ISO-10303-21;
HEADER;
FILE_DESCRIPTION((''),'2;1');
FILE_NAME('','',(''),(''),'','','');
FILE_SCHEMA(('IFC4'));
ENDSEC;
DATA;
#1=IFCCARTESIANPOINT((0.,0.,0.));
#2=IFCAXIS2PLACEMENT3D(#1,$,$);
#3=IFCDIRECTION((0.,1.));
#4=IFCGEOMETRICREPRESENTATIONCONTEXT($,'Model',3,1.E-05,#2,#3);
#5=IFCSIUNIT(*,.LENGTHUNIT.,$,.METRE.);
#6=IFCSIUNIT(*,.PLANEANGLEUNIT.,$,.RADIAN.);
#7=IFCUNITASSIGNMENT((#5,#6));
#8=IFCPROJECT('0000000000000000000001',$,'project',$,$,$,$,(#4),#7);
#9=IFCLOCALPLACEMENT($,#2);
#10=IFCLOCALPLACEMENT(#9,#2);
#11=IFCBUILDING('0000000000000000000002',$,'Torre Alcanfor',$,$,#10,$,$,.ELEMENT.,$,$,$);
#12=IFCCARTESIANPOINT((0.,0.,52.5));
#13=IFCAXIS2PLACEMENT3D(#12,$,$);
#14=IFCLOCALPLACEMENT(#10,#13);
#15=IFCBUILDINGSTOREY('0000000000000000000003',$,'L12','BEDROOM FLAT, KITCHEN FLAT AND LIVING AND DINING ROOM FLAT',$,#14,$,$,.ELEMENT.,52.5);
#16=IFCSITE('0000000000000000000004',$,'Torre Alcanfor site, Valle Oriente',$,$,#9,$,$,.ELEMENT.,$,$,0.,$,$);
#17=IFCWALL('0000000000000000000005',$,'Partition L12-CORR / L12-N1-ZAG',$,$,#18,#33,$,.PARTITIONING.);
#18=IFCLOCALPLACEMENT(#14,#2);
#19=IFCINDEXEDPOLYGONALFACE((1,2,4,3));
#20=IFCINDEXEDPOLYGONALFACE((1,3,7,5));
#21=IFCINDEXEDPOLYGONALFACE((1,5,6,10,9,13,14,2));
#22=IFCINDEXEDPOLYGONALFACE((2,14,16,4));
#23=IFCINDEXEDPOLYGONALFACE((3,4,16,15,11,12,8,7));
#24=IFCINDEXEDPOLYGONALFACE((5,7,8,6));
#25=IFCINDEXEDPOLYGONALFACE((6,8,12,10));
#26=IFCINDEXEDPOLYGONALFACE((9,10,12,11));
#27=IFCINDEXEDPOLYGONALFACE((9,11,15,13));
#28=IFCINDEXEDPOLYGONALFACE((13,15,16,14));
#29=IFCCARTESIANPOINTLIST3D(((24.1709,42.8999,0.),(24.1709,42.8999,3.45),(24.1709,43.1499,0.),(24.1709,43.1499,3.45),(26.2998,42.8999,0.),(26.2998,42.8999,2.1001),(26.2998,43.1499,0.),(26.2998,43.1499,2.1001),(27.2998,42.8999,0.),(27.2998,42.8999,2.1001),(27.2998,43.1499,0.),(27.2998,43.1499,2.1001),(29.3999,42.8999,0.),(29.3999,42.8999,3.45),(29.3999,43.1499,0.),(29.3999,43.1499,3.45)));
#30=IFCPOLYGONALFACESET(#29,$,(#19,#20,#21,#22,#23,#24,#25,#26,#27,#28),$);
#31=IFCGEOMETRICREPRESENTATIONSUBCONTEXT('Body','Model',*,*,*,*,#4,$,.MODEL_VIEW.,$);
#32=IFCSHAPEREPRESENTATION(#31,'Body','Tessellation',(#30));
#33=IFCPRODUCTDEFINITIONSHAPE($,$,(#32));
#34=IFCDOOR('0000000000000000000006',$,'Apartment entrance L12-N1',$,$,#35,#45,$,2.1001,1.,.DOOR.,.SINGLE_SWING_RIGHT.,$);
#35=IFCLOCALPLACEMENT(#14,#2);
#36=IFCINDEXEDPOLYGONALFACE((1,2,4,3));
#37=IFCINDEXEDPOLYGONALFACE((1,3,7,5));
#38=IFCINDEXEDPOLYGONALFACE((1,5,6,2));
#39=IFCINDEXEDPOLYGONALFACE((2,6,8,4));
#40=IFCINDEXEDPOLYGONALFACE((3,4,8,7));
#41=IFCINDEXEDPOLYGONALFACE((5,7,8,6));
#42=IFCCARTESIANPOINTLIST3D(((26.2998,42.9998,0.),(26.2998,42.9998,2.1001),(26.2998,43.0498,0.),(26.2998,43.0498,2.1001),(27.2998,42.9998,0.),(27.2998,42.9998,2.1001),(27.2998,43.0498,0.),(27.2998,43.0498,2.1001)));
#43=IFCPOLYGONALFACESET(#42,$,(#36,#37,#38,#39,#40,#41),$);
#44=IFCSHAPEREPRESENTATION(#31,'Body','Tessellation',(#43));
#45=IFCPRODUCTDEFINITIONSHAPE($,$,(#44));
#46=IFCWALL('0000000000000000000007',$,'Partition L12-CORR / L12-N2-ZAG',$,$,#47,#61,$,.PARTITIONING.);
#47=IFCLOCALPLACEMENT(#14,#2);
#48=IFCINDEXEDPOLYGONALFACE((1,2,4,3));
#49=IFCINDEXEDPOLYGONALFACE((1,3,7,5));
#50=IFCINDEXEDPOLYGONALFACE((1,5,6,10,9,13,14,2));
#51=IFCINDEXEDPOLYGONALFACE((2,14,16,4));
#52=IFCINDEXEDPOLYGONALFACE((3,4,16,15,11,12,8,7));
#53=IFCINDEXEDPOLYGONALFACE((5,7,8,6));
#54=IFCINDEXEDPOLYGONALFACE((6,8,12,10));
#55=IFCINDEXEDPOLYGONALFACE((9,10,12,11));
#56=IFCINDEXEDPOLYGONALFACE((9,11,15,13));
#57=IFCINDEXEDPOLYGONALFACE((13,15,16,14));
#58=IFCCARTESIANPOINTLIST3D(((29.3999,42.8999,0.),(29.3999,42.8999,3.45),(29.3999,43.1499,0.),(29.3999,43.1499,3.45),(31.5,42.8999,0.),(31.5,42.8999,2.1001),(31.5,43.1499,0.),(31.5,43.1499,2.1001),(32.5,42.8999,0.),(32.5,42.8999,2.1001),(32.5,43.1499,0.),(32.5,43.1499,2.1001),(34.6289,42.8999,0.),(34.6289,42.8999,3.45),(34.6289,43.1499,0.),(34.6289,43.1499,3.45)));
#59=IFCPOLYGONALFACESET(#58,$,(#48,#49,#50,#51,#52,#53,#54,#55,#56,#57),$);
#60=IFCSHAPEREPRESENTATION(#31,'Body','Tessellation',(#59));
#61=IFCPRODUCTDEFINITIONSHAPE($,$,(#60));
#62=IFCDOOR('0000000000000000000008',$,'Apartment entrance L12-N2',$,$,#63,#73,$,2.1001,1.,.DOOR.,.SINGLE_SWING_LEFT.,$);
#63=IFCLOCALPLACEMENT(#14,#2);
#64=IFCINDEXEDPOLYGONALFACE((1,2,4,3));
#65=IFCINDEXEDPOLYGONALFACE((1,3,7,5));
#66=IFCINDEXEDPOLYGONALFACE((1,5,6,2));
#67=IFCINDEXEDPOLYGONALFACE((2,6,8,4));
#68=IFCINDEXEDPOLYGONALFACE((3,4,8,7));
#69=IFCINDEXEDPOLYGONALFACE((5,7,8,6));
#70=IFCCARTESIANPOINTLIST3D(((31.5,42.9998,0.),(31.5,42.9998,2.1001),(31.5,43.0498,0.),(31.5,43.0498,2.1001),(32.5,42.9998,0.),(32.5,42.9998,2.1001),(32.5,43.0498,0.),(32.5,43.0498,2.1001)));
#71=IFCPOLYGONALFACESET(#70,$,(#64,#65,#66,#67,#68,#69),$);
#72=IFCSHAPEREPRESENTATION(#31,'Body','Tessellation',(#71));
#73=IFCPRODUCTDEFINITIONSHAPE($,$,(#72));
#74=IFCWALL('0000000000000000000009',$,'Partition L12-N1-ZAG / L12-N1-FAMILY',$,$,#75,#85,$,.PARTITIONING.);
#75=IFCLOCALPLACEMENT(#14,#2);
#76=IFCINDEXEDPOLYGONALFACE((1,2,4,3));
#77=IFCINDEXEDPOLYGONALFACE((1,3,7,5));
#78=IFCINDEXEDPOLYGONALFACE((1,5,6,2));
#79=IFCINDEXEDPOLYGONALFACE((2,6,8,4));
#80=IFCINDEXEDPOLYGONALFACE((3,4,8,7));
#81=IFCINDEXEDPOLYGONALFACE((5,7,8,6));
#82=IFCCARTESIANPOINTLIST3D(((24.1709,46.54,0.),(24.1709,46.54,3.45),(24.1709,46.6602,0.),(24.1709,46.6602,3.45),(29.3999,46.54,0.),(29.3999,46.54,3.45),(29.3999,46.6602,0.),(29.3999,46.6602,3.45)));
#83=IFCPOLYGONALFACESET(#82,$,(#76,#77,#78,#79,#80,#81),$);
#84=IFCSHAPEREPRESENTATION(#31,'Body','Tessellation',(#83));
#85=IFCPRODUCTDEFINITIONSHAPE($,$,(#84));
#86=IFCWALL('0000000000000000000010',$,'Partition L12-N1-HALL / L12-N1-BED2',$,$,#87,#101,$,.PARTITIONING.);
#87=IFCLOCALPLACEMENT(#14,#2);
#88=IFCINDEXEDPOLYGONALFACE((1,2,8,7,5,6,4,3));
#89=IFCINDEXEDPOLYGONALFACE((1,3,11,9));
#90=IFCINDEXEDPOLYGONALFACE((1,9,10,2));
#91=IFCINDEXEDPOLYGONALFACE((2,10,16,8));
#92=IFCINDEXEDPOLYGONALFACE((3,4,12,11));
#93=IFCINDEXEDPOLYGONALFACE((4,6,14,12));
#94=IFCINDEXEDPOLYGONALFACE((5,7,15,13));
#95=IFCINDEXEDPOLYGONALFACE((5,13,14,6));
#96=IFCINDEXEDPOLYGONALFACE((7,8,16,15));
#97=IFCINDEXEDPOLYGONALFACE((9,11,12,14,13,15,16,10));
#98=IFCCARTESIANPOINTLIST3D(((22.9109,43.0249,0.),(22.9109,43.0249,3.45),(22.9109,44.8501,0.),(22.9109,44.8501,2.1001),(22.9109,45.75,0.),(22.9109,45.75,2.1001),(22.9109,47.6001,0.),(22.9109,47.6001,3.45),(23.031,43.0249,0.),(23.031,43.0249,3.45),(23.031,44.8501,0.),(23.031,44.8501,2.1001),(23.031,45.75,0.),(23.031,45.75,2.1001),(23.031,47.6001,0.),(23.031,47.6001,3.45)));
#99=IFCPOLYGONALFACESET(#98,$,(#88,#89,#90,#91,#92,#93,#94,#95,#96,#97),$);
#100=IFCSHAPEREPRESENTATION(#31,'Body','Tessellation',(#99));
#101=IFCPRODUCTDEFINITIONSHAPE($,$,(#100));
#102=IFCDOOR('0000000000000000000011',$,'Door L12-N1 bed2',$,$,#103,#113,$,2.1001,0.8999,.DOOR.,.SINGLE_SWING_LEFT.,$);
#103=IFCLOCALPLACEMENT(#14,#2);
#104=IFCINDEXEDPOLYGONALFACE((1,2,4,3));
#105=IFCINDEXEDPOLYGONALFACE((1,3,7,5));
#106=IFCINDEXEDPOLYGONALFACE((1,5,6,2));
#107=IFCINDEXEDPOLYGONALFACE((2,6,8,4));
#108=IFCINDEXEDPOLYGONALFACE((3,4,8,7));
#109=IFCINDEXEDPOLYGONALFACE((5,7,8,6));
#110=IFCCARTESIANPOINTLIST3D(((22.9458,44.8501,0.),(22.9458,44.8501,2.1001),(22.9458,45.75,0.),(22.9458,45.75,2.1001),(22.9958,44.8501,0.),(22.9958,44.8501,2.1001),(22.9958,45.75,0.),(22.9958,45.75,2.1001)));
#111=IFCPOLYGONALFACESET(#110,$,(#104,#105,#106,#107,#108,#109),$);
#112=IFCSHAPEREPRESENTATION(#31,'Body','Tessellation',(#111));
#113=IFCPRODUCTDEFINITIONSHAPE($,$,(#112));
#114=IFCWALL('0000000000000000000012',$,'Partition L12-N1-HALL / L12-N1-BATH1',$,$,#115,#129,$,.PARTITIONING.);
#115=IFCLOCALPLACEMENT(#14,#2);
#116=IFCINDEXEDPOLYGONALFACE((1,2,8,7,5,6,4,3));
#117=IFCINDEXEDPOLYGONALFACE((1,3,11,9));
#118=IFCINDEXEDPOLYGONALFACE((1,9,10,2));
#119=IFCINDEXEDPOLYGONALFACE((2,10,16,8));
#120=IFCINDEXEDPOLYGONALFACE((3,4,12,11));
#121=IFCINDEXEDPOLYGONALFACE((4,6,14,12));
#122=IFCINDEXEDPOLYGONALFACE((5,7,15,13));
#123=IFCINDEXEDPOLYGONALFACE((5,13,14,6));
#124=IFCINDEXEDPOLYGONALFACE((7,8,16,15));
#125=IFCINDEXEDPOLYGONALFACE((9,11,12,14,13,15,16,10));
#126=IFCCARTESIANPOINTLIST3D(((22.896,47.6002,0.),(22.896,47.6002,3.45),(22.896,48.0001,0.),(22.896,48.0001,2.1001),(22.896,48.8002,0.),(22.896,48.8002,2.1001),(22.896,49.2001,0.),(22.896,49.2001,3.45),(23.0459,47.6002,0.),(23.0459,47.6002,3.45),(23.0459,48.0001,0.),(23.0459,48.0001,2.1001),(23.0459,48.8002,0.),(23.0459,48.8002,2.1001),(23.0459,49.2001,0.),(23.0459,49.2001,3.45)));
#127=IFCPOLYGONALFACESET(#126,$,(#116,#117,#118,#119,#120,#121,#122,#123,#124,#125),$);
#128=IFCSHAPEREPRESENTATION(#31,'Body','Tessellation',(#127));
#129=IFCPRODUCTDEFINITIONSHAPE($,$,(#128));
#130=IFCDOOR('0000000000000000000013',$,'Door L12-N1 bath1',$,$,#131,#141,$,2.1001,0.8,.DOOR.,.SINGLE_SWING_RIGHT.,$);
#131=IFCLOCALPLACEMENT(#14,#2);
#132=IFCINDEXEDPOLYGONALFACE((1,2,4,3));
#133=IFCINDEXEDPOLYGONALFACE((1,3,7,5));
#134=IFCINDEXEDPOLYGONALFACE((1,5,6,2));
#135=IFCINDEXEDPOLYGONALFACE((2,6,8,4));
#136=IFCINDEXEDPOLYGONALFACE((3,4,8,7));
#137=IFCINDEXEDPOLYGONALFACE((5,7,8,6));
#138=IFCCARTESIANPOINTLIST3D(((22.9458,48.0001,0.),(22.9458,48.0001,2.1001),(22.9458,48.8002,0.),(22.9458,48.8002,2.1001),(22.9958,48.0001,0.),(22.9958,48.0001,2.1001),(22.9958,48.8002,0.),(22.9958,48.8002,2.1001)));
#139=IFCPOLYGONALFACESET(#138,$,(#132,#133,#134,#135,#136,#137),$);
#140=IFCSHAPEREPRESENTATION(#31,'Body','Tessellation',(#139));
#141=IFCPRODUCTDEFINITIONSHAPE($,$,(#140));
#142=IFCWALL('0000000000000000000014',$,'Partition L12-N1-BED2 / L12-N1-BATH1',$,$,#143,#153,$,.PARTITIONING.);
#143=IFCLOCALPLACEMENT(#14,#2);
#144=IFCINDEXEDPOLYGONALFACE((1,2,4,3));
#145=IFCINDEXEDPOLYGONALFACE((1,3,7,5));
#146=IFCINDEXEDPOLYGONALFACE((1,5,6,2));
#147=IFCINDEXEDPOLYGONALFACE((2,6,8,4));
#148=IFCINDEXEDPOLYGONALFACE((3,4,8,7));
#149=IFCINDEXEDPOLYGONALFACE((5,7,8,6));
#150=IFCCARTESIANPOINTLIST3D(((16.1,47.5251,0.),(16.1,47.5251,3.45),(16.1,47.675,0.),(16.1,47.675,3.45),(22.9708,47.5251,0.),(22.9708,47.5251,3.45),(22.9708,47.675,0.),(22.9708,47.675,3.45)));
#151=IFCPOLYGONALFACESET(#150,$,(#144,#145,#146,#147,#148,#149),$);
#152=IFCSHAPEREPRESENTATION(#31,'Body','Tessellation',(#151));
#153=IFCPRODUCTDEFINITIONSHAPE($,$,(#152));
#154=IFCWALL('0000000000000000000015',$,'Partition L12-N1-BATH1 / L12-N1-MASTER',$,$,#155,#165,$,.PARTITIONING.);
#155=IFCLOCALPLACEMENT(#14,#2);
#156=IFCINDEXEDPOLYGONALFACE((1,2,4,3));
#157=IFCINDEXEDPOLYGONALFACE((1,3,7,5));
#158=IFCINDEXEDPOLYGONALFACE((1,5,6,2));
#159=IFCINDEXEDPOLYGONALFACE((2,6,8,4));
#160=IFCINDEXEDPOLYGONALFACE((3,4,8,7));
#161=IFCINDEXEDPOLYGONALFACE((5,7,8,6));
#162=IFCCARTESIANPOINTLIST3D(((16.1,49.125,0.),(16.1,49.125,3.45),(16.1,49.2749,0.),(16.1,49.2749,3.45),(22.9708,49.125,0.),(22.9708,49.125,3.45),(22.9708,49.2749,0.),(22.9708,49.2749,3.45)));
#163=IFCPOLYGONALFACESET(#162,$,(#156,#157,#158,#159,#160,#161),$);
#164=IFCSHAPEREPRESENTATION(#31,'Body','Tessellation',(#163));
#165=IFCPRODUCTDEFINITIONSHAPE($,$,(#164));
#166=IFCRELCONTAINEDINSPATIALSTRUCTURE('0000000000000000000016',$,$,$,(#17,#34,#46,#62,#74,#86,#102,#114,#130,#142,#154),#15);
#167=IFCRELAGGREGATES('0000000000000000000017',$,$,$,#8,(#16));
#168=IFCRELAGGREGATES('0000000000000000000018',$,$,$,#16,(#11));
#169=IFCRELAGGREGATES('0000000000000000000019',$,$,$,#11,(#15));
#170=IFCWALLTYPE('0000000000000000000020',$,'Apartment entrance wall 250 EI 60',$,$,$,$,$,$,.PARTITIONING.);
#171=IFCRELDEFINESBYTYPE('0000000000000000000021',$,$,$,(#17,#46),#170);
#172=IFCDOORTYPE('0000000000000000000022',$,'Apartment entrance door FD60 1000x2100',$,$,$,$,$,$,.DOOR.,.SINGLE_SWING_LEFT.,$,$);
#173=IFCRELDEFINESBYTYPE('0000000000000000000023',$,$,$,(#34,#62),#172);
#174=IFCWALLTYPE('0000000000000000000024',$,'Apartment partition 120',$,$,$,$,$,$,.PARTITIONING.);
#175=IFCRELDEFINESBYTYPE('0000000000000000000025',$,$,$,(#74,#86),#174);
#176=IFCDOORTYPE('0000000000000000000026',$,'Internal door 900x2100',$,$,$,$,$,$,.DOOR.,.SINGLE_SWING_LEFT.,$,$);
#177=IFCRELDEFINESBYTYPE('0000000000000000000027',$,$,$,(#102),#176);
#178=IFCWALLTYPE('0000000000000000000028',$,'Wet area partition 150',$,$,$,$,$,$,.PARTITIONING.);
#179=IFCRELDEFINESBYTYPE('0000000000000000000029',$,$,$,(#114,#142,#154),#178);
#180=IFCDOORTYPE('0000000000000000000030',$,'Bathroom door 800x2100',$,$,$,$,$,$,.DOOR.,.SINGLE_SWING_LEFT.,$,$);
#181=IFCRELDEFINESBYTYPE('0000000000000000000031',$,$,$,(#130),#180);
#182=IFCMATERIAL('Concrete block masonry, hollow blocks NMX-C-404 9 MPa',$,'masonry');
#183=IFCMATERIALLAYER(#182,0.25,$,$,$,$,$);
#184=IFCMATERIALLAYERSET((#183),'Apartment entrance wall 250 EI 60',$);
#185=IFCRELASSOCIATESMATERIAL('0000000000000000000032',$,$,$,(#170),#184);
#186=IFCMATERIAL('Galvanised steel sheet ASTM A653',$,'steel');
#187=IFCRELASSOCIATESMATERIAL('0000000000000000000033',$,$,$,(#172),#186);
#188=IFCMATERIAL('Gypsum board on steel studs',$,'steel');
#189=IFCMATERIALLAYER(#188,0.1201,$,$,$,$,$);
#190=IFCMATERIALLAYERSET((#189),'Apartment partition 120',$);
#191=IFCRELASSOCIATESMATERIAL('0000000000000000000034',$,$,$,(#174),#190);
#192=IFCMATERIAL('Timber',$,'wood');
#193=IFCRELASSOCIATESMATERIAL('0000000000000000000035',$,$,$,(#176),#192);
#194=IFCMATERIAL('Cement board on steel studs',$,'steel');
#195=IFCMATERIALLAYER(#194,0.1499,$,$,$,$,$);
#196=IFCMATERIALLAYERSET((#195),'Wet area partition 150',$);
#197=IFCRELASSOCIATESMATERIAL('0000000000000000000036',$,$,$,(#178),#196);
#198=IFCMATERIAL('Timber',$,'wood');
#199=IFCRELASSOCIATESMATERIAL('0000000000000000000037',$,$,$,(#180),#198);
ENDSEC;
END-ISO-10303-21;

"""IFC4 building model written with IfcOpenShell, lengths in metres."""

from ifc_helpers import new_model, si_unit, direction, frame, frame_2d, origin, place, context, subcontext, project, spatial, rectangle, extrude, material, layer, layer_set, type_object, element, fill, save


model = new_model("IFC4")

# Units and contexts
model_context = context("Model", 3, precision=1e-05, world=origin(), true_north=direction((0.0, 1.0)))
body_context = subcontext(model_context, "Body", "Model", "MODEL_VIEW")
ifc_project = project(units=[si_unit("LENGTHUNIT", "METRE"), si_unit("PLANEANGLEUNIT", "RADIAN")], contexts=[model_context])

# Site, building, storey
site_placement = place(None, origin())
site = spatial("IfcSite", under=ifc_project, at=site_placement, Name="Torre Alcanfor site, Valle Oriente", CompositionType="ELEMENT", RefElevation=0.0)
building_placement = place(site_placement, origin())
building = spatial("IfcBuilding", under=site, at=building_placement, Name="Torre Alcanfor", CompositionType="ELEMENT")
storey_placement = place(building_placement, frame((0.0, 0.0, 52.5)))
storey = spatial("IfcBuildingStorey", under=building, at=storey_placement, Name="L12", Description="BEDROOM FLAT, KITCHEN FLAT AND LIVING AND DINING ROOM FLAT", CompositionType="ELEMENT", Elevation=52.5)

# Walls, openings, doors
ifc_material_1 = material(Name="Concrete block masonry, hollow blocks NMX-C-404 9 MPa", Category="masonry")
ifc_layer_1 = layer(ifc_material_1, 0.25)
ifc_layer_set_1 = layer_set([ifc_layer_1], Name="Apartment entrance wall 250 EI 60")
wall_type_1 = type_object("IfcWallType", Name="Apartment entrance wall 250 EI 60", PredefinedType="PARTITIONING", material=ifc_layer_set_1)
wall_1_placement = place(storey_placement, frame((24.1709, 43.0249, 0.0), z_axis=(0.0, 0.0, 1.0), x_axis=(1.0, 0.0, 0.0)))
wall_1 = element("IfcWall", 1, at=wall_1_placement, inside=storey, type_object=wall_type_1, Name="Partition L12-CORR / L12-N1-ZAG", PredefinedType="PARTITIONING", context=body_context, shape_type="SweptSolid", body=[
    extrude(rectangle(XDim=5.229, YDim=0.25, at=frame_2d((2.6145, 0.0))), origin(), (0.0, 0.0, 1.0), 3.45),
])
opening_1_placement = place(wall_1_placement, frame((2.1289, 0.0, 0.0)))
opening_1 = element("IfcOpeningElement", 2, at=opening_1_placement, cuts=wall_1, PredefinedType="OPENING", context=body_context, shape_type="SweptSolid", body=[
    extrude(rectangle(XDim=1.0, YDim=2.1001, at=frame_2d((0.5, 1.05))), frame((0.0, 0.135, 0.0), z_axis=(0.0, -1.0, 0.0), x_axis=(1.0, 0.0, 0.0)), (0.0, 0.0, 1.0), 0.27),
])
ifc_material_2 = material(Name="Galvanised steel sheet ASTM A653", Category="steel")
door_type_1 = type_object("IfcDoorType", Name="Apartment entrance door FD60 1000x2100", OperationType="SINGLE_SWING_LEFT", PredefinedType="DOOR", material=ifc_material_2)
door_1_placement = place(opening_1_placement, origin())
door_1 = element("IfcDoor", 3, at=door_1_placement, inside=storey, type_object=door_type_1, Name="Apartment entrance L12-N1", OperationType="SINGLE_SWING_RIGHT", OverallHeight=2.1001, OverallWidth=1.0, PredefinedType="DOOR", context=body_context, shape_type="SweptSolid", body=[
    extrude(rectangle(XDim=1.0, YDim=2.1001, at=frame_2d((0.5, 1.05))), frame((0.0, 0.0249, 0.0), z_axis=(0.0, -1.0, 0.0), x_axis=(1.0, 0.0, 0.0)), (0.0, 0.0, 1.0), 0.05),
])
fill(opening_1, door_1)
wall_2_placement = place(storey_placement, frame((29.3999, 43.0249, 0.0), z_axis=(0.0, 0.0, 1.0), x_axis=(1.0, 0.0, 0.0)))
wall_2 = element("IfcWall", 4, at=wall_2_placement, inside=storey, type_object=wall_type_1, Name="Partition L12-CORR / L12-N2-ZAG", PredefinedType="PARTITIONING", context=body_context, shape_type="SweptSolid", body=[
    extrude(rectangle(XDim=5.229, YDim=0.25, at=frame_2d((2.6145, 0.0))), origin(), (0.0, 0.0, 1.0), 3.45),
])
opening_2_placement = place(wall_2_placement, frame((2.1001, 0.0, 0.0)))
opening_2 = element("IfcOpeningElement", 5, at=opening_2_placement, cuts=wall_2, PredefinedType="OPENING", context=body_context, shape_type="SweptSolid", body=[
    extrude(rectangle(XDim=1.0, YDim=2.1001, at=frame_2d((0.5, 1.05))), frame((0.0, 0.135, 0.0), z_axis=(0.0, -1.0, 0.0), x_axis=(1.0, 0.0, 0.0)), (0.0, 0.0, 1.0), 0.27),
])
door_2_placement = place(opening_2_placement, origin())
door_2 = element("IfcDoor", 6, at=door_2_placement, inside=storey, type_object=door_type_1, Name="Apartment entrance L12-N2", OperationType="SINGLE_SWING_LEFT", OverallHeight=2.1001, OverallWidth=1.0, PredefinedType="DOOR", context=body_context, shape_type="SweptSolid", body=[
    extrude(rectangle(XDim=1.0, YDim=2.1001, at=frame_2d((0.5, 1.05))), frame((0.0, 0.0249, 0.0), z_axis=(0.0, -1.0, 0.0), x_axis=(1.0, 0.0, 0.0)), (0.0, 0.0, 1.0), 0.05),
])
fill(opening_2, door_2)

# Wall
ifc_material_3 = material(Name="Gypsum board on steel studs", Category="steel")
ifc_layer_2 = layer(ifc_material_3, 0.1201)
ifc_layer_set_2 = layer_set([ifc_layer_2], Name="Apartment partition 120")
wall_type_2 = type_object("IfcWallType", Name="Apartment partition 120", PredefinedType="PARTITIONING", material=ifc_layer_set_2)
wall_3_placement = place(storey_placement, frame((29.3999, 46.6001, 0.0), z_axis=(0.0, 0.0, 1.0), x_axis=(-1.0, 0.0, 0.0)))
element("IfcWall", 7, at=wall_3_placement, inside=storey, type_object=wall_type_2, Name="Partition L12-N1-ZAG / L12-N1-FAMILY", PredefinedType="PARTITIONING", context=body_context, shape_type="SweptSolid", body=[
    extrude(rectangle(XDim=5.229, YDim=0.1201, at=frame_2d((2.6145, 0.0))), origin(), (0.0, 0.0, 1.0), 3.45),
])

# Walls, openings, doors
wall_4_placement = place(storey_placement, frame((22.9709, 47.6001, 0.0), z_axis=(0.0, 0.0, 1.0), x_axis=(0.0, -1.0, 0.0)))
wall_4 = element("IfcWall", 8, at=wall_4_placement, inside=storey, type_object=wall_type_2, Name="Partition L12-N1-HALL / L12-N1-BED2", PredefinedType="PARTITIONING", context=body_context, shape_type="SweptSolid", body=[
    extrude(rectangle(XDim=4.5752, YDim=0.1201, at=frame_2d((2.2876, 0.0))), origin(), (0.0, 0.0, 1.0), 3.45),
])
opening_3_placement = place(wall_4_placement, frame((1.8501, 0.0, 0.0)))
opening_3 = element("IfcOpeningElement", 9, at=opening_3_placement, cuts=wall_4, PredefinedType="OPENING", context=body_context, shape_type="SweptSolid", body=[
    extrude(rectangle(XDim=0.8999, YDim=2.1001, at=frame_2d((0.45, 1.05))), frame((0.0, 0.0701, 0.0), z_axis=(0.0, -1.0, 0.0), x_axis=(1.0, 0.0, 0.0)), (0.0, 0.0, 1.0), 0.1401),
])
ifc_material_4 = material(Name="Timber", Category="wood")
door_type_2 = type_object("IfcDoorType", Name="Internal door 900x2100", OperationType="SINGLE_SWING_LEFT", PredefinedType="DOOR", material=ifc_material_4)
door_3_placement = place(opening_3_placement, frame((0.8999, 0.0, 0.0), z_axis=(0.0, 0.0, 1.0), x_axis=(-1.0, 0.0, 0.0)))
door_3 = element("IfcDoor", 10, at=door_3_placement, inside=storey, type_object=door_type_2, Name="Door L12-N1 bed2", OperationType="SINGLE_SWING_LEFT", OverallHeight=2.1001, OverallWidth=0.8999, PredefinedType="DOOR", context=body_context, shape_type="SweptSolid", body=[
    extrude(rectangle(XDim=0.8999, YDim=2.1001, at=frame_2d((0.45, 1.05))), frame((0.0, 0.0251, 0.0), z_axis=(0.0, -1.0, 0.0), x_axis=(1.0, 0.0, 0.0)), (0.0, 0.0, 1.0), 0.05),
])
fill(opening_3, door_3)
ifc_material_5 = material(Name="Cement board on steel studs", Category="steel")
ifc_layer_3 = layer(ifc_material_5, 0.1499)
ifc_layer_set_3 = layer_set([ifc_layer_3], Name="Wet area partition 150")
wall_type_3 = type_object("IfcWallType", Name="Wet area partition 150", PredefinedType="PARTITIONING", material=ifc_layer_set_3)
wall_5_placement = place(storey_placement, frame((22.9709, 49.2, 0.0), z_axis=(0.0, 0.0, 1.0), x_axis=(0.0, -1.0, 0.0)))
wall_5 = element("IfcWall", 11, at=wall_5_placement, inside=storey, type_object=wall_type_3, Name="Partition L12-N1-HALL / L12-N1-BATH1", PredefinedType="PARTITIONING", context=body_context, shape_type="SweptSolid", body=[
    extrude(rectangle(XDim=1.5999, YDim=0.1499, at=frame_2d((0.7998, 0.0))), origin(), (0.0, 0.0, 1.0), 3.45),
])
opening_4_placement = place(wall_5_placement, frame((0.3999, 0.0, 0.0)))
opening_4 = element("IfcOpeningElement", 12, at=opening_4_placement, cuts=wall_5, PredefinedType="OPENING", context=body_context, shape_type="SweptSolid", body=[
    extrude(rectangle(XDim=0.8, YDim=2.1001, at=frame_2d((0.3999, 1.05))), frame((0.0, 0.085, 0.0), z_axis=(0.0, -1.0, 0.0), x_axis=(1.0, 0.0, 0.0)), (0.0, 0.0, 1.0), 0.1699),
])
ifc_material_6 = material(Name="Timber", Category="wood")
door_type_3 = type_object("IfcDoorType", Name="Bathroom door 800x2100", OperationType="SINGLE_SWING_LEFT", PredefinedType="DOOR", material=ifc_material_6)
door_4_placement = place(opening_4_placement, frame((0.8, 0.0, 0.0), z_axis=(0.0, 0.0, 1.0), x_axis=(-1.0, 0.0, 0.0)))
door_4 = element("IfcDoor", 13, at=door_4_placement, inside=storey, type_object=door_type_3, Name="Door L12-N1 bath1", OperationType="SINGLE_SWING_RIGHT", OverallHeight=2.1001, OverallWidth=0.8, PredefinedType="DOOR", context=body_context, shape_type="SweptSolid", body=[
    extrude(rectangle(XDim=0.8, YDim=2.1001, at=frame_2d((0.4001, 1.05))), frame((0.0, 0.0251, 0.0), z_axis=(0.0, -1.0, 0.0), x_axis=(1.0, 0.0, 0.0)), (0.0, 0.0, 1.0), 0.05),
])
fill(opening_4, door_4)

# Walls
for number, where, z_axis, x_axis, name in (
    (14, (22.9709, 47.6001, 0.0), (0.0, 0.0, 1.0), (-1.0, 0.0, 0.0), "Partition L12-N1-BED2 / L12-N1-BATH1"),
    (15, (22.9709, 49.2, 0.0), (0.0, 0.0, 1.0), (-1.0, 0.0, 0.0), "Partition L12-N1-BATH1 / L12-N1-MASTER"),
):
    element("IfcWall", number, at=place(storey_placement, frame(where, z_axis=z_axis, x_axis=x_axis)), inside=storey, type_object=wall_type_3, Name=name, PredefinedType="PARTITIONING", context=body_context, shape_type="SweptSolid", body=[
        extrude(rectangle(XDim=6.8708, YDim=0.1499, at=frame_2d((3.4355, 0.0))), origin(), (0.0, 0.0, 1.0), 3.45),
    ])

save(model, "model.ifc")
